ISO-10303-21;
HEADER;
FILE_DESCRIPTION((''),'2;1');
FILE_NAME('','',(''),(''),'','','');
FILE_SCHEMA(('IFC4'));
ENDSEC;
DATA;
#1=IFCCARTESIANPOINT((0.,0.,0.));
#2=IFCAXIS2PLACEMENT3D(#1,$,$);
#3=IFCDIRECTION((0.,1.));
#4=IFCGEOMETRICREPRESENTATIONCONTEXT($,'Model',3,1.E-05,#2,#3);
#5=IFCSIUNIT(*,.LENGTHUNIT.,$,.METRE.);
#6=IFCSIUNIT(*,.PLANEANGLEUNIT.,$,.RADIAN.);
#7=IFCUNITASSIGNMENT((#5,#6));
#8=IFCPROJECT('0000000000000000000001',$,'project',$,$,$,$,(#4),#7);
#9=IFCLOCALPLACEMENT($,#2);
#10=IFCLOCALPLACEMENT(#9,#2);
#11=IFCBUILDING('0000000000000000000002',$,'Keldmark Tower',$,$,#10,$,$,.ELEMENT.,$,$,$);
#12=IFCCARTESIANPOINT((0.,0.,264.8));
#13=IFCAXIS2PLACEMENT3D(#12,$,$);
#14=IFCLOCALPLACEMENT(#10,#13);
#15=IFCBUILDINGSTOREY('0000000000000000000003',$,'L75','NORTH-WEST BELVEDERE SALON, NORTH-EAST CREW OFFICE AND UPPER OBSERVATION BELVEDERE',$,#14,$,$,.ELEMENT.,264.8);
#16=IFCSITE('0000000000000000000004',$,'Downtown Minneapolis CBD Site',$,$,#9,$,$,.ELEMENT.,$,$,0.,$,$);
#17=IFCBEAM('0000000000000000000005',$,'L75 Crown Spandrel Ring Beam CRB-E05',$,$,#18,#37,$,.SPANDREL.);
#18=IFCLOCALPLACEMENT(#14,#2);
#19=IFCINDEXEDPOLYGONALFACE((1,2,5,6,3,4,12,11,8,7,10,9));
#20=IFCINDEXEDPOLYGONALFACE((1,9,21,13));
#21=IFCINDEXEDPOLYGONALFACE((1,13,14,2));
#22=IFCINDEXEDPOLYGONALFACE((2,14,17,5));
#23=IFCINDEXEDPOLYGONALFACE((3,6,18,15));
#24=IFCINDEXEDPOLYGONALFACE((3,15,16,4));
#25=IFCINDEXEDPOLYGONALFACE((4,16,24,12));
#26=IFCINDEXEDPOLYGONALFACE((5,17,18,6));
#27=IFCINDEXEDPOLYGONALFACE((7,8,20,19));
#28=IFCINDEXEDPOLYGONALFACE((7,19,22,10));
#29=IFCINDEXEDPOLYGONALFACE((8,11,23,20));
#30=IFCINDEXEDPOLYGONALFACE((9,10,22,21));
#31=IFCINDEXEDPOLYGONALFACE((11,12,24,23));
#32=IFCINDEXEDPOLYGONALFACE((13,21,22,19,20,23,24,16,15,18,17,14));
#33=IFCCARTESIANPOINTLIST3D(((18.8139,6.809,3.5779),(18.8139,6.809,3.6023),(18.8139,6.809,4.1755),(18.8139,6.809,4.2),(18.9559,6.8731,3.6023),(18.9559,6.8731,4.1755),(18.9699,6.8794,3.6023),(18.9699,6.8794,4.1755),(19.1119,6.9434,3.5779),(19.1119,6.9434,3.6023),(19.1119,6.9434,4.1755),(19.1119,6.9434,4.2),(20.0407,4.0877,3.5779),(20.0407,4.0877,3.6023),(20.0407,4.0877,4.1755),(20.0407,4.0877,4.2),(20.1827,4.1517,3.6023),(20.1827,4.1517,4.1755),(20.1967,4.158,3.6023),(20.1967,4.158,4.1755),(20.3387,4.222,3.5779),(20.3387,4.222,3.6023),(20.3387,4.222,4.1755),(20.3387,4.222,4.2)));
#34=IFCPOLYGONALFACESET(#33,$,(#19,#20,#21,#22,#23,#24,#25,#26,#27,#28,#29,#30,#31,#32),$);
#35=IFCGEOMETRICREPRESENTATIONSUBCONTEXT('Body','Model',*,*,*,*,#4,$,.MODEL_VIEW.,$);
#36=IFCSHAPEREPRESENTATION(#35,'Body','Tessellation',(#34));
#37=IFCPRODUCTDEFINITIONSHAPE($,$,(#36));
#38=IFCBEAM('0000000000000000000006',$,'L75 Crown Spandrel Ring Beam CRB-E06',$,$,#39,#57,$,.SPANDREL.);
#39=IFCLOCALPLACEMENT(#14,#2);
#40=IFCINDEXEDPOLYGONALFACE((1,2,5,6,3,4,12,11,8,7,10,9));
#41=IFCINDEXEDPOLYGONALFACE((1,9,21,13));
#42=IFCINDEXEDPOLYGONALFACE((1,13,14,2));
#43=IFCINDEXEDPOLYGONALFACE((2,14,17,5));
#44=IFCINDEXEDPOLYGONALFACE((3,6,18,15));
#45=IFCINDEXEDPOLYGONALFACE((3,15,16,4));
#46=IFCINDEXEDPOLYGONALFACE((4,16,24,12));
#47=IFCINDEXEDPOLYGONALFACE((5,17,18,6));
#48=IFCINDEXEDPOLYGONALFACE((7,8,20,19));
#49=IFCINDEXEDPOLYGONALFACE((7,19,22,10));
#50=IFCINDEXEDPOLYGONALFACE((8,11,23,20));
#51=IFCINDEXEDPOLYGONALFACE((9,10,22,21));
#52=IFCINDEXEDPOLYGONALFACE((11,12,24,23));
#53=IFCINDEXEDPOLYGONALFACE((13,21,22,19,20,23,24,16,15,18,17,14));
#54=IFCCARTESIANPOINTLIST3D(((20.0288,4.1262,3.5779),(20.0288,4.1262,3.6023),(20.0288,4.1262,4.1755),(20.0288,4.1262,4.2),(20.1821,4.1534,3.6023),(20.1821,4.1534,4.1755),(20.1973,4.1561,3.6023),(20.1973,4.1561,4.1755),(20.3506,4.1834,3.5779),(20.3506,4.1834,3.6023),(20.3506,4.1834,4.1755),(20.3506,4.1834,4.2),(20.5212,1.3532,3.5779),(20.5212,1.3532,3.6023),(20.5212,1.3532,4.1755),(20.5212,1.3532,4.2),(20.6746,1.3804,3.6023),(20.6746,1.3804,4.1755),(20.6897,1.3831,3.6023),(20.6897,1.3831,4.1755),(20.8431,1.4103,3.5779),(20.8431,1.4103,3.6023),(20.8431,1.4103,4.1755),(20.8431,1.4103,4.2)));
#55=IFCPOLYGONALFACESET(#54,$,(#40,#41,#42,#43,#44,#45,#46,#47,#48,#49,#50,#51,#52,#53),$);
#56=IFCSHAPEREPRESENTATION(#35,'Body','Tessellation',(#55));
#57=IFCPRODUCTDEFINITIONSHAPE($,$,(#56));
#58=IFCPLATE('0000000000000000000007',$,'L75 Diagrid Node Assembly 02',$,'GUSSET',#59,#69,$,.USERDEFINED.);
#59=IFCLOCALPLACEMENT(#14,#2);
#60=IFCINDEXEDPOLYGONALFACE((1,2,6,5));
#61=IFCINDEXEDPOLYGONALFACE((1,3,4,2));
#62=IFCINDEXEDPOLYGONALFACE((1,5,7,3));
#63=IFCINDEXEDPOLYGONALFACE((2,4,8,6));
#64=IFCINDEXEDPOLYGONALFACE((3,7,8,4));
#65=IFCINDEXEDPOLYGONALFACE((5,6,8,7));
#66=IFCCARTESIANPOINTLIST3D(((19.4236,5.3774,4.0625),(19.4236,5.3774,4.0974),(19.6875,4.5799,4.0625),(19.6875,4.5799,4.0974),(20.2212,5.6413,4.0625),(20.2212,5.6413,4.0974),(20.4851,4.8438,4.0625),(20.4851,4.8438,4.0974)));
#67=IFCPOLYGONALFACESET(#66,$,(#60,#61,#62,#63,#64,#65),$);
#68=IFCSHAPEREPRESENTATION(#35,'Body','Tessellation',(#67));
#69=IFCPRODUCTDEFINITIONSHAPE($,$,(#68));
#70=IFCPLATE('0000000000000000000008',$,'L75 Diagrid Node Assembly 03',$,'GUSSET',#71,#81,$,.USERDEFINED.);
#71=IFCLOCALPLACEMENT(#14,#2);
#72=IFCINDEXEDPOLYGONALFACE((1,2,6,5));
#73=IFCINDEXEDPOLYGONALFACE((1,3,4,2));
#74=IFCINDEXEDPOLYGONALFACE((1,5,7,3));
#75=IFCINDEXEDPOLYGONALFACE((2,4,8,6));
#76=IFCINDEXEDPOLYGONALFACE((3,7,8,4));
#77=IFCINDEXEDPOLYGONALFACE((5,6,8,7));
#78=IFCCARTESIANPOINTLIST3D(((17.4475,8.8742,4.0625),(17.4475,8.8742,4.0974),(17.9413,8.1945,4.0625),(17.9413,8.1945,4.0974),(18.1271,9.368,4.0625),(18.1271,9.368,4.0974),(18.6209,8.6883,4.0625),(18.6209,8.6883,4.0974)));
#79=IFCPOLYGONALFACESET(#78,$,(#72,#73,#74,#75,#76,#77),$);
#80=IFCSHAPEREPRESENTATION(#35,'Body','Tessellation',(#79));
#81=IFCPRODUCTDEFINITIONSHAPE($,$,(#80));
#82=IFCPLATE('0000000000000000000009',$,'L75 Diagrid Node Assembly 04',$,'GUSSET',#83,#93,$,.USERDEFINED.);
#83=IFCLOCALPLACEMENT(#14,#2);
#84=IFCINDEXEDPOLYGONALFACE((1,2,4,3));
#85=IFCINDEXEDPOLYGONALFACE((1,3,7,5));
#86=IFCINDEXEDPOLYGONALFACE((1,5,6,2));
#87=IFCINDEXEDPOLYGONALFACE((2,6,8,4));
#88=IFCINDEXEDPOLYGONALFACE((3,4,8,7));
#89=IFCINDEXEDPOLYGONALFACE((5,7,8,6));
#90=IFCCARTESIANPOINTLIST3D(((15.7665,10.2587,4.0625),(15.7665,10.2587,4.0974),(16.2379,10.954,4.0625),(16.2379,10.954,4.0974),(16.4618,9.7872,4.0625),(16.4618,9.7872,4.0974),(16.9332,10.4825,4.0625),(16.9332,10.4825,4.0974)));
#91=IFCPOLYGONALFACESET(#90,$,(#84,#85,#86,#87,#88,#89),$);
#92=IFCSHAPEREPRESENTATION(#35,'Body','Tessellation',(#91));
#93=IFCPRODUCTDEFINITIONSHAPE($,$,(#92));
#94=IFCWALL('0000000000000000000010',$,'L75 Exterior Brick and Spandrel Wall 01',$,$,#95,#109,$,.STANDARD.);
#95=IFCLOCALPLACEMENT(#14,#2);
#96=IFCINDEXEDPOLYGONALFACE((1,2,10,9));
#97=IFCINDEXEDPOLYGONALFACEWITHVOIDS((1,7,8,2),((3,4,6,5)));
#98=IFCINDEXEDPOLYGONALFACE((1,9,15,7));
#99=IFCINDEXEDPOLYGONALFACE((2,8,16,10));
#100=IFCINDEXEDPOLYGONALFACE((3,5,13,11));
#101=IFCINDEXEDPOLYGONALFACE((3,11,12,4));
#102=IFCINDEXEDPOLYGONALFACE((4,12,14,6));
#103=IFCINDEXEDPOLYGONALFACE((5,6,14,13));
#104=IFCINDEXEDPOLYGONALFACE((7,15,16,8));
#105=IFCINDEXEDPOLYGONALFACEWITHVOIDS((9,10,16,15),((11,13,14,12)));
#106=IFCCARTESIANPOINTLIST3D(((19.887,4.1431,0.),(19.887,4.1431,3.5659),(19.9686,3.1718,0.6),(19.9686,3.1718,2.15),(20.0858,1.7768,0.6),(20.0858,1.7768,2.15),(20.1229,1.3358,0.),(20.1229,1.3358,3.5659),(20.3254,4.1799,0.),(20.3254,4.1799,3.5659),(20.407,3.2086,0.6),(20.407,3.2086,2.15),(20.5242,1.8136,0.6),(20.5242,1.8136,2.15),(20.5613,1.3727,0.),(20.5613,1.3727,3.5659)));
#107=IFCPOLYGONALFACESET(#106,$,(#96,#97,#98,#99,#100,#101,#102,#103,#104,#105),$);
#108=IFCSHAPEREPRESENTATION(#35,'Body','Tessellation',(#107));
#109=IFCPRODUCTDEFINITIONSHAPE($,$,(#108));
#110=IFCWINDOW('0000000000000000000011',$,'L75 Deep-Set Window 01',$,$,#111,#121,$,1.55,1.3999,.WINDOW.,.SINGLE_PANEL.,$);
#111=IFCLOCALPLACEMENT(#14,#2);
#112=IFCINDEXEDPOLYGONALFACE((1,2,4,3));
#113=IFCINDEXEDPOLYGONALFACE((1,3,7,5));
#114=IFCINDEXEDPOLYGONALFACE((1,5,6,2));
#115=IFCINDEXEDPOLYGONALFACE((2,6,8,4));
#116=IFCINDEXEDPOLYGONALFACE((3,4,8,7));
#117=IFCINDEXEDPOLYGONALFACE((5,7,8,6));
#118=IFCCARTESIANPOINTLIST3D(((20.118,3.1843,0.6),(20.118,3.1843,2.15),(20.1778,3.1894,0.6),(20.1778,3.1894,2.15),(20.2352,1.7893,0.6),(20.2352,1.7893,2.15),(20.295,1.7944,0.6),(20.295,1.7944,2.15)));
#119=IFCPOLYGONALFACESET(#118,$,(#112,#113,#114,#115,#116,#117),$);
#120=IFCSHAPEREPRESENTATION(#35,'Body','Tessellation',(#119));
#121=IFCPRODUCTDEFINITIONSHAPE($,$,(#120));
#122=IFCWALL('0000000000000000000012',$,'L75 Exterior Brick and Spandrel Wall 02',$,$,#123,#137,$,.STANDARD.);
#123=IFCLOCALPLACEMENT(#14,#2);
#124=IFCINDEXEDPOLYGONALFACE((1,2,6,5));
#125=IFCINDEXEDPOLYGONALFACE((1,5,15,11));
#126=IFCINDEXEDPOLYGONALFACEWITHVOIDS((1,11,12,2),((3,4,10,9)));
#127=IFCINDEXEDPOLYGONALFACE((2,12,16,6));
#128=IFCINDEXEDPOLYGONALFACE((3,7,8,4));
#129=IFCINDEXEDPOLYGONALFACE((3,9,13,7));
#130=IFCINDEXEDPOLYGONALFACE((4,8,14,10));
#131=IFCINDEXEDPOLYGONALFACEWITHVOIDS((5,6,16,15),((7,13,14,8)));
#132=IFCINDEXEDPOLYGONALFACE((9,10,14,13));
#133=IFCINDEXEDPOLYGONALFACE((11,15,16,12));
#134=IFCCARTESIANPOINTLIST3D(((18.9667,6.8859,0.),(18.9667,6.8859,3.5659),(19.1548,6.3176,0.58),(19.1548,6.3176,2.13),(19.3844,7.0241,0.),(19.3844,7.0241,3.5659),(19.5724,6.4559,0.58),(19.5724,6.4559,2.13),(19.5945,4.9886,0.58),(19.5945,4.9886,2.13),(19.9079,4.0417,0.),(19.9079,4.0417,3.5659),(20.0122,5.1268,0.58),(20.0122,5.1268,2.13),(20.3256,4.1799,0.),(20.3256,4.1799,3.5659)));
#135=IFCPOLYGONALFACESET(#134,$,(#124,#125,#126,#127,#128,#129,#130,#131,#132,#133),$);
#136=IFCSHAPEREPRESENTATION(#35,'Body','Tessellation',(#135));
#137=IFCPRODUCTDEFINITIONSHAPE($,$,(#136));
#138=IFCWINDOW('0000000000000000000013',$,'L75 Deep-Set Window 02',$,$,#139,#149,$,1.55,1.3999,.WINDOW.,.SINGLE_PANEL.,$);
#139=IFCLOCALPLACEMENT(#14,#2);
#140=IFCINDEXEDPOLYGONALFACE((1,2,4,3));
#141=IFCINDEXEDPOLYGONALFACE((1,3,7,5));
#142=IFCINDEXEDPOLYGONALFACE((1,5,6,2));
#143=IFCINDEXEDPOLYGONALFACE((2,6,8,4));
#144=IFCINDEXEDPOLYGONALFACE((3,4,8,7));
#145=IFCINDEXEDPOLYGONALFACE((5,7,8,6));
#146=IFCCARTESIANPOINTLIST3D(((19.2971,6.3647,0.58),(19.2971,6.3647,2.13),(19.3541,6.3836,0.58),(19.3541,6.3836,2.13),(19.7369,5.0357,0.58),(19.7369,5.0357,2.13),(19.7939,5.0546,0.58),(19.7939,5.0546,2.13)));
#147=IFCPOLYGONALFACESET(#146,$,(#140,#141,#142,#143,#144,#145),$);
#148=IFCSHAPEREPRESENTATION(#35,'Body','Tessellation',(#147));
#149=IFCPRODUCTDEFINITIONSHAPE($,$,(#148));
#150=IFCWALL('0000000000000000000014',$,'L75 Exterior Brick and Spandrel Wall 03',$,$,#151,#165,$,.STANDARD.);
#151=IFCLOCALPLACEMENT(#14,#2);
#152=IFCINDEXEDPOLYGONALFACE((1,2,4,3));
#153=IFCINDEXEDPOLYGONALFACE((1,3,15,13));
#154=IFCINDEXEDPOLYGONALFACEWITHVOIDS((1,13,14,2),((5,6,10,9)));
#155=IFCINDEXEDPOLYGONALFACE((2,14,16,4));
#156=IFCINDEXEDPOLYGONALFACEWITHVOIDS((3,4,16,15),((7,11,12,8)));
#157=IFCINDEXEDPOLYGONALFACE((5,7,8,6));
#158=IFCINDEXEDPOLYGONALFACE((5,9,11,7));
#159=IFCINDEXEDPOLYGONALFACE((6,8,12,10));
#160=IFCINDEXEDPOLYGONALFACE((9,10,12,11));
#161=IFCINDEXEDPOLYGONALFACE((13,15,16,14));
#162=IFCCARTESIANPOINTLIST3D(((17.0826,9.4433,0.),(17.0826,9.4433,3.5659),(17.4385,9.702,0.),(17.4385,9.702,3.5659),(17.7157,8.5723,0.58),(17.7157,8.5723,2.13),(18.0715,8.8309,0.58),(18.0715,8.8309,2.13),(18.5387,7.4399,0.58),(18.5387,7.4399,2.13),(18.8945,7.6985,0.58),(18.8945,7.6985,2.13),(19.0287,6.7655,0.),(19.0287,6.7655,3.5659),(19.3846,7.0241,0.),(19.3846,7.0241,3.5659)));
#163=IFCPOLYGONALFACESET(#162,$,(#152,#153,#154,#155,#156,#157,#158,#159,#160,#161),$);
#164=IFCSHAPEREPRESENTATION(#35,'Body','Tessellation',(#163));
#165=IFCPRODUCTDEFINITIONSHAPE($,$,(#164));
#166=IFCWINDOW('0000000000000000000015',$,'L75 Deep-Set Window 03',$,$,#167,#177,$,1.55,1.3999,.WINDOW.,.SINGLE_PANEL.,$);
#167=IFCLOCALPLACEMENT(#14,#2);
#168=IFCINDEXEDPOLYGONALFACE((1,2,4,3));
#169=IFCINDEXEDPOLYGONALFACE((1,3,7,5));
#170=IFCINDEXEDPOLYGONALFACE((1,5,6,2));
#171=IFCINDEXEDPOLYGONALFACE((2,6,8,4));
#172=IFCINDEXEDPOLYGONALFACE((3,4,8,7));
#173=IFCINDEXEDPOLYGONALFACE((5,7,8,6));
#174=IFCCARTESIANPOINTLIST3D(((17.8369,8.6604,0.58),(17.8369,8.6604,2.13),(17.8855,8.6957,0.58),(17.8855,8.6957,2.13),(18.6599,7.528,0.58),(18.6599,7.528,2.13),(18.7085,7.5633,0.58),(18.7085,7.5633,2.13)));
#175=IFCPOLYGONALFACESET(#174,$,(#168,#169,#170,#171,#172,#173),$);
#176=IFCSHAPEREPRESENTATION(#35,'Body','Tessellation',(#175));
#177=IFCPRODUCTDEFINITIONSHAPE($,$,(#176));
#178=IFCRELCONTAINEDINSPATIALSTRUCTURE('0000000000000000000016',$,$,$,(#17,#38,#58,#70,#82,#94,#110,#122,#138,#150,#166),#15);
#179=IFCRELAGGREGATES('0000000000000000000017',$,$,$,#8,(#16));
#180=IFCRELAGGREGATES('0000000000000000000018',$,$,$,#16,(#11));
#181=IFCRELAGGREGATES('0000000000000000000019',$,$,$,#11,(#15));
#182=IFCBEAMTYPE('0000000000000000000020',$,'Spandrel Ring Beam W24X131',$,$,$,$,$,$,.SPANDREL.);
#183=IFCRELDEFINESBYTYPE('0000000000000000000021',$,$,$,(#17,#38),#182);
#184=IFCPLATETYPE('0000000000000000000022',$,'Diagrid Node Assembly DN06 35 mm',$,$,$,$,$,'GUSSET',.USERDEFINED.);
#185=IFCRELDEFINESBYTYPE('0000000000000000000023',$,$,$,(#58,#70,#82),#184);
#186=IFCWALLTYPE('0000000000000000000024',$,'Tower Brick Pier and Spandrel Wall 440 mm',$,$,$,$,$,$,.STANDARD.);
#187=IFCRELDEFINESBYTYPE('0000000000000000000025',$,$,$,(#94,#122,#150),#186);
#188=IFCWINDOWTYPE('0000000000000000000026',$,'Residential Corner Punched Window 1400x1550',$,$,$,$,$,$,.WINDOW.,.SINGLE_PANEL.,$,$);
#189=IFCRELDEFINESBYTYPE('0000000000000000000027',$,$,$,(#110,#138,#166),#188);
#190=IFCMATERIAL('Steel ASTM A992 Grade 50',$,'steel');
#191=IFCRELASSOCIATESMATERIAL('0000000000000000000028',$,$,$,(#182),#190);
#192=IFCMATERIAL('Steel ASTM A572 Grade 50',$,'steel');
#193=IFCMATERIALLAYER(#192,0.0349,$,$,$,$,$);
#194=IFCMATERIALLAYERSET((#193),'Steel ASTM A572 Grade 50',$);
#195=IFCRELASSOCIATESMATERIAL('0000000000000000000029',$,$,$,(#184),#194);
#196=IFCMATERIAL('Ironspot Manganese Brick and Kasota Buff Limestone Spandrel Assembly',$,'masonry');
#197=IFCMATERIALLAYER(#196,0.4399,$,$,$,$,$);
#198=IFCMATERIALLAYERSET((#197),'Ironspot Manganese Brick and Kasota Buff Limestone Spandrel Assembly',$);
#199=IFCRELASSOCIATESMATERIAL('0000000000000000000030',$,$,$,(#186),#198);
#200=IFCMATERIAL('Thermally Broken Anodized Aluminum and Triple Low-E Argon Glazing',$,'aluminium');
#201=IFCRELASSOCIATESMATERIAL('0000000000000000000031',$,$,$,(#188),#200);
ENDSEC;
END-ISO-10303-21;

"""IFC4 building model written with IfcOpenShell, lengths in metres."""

from ifc_helpers import new_model, si_unit, direction, frame, frame_2d, origin, origin_2d, place, context, subcontext, project, spatial, rectangle, i_section, extrude, material, layer, layer_set, material_profile, profile_set, type_object, element, fill, save


model = new_model("IFC4")

# Units and contexts
model_context = context("Model", 3, precision=1e-05, world=origin(), true_north=direction((0.0, 1.0)))
body_context = subcontext(model_context, "Body", "Model", "MODEL_VIEW")
ifc_project = project(units=[si_unit("LENGTHUNIT", "METRE"), si_unit("PLANEANGLEUNIT", "RADIAN")], contexts=[model_context])

# Site, building, storey
site_placement = place(None, origin())
site = spatial("IfcSite", under=ifc_project, at=site_placement, Name="Downtown Minneapolis CBD Site", CompositionType="ELEMENT", RefElevation=0.0)
building_placement = place(site_placement, origin())
building = spatial("IfcBuilding", under=site, at=building_placement, Name="Keldmark Tower", CompositionType="ELEMENT")
storey_placement = place(building_placement, frame((0.0, 0.0, 264.8)))
storey = spatial("IfcBuildingStorey", under=building, at=storey_placement, Name="L75", Description="NORTH-WEST BELVEDERE SALON, NORTH-EAST CREW OFFICE AND UPPER OBSERVATION BELVEDERE", CompositionType="ELEMENT", Elevation=264.8)

# Beams
ifc_material_1 = material(Name="Steel ASTM A992 Grade 50", Category="steel")
ifc_material_profile_1 = material_profile(ifc_material_1, i_section(OverallWidth=0.3269, OverallDepth=0.6221, WebThickness=0.0154, FlangeThickness=0.0244, at=origin_2d()), Name="W24X131")
ifc_profile_set_1 = profile_set([ifc_material_profile_1], Name="Steel ASTM A992 Grade 50")
beam_type_1 = type_object("IfcBeamType", Name="Spandrel Ring Beam W24X131", PredefinedType="SPANDREL", material=ifc_profile_set_1)
beam_1_placement = place(storey_placement, frame((18.9629, 6.8762, 3.8889), z_axis=(0.410966, -0.91165, 0.0), x_axis=(0.91165, 0.410966, 0.0)))
element("IfcBeam", 1, at=beam_1_placement, inside=storey, type_object=beam_type_1, Name="L75 Crown Spandrel Ring Beam CRB-E05", PredefinedType="SPANDREL", context=body_context, shape_type="SweptSolid", body=[
    extrude(i_section(OverallWidth=0.3269, OverallDepth=0.6221, WebThickness=0.0154, FlangeThickness=0.0244, at=origin_2d()), origin(), (0.0, 0.0, 1.0), 2.9851),
])
beam_2_placement = place(storey_placement, frame((20.1897, 4.1548, 3.8889), z_axis=(0.174848, -0.984595, 0.0), x_axis=(0.984595, 0.174848, 0.0)))
element("IfcBeam", 2, at=beam_2_placement, inside=storey, type_object=beam_type_1, Name="L75 Crown Spandrel Ring Beam CRB-E06", PredefinedType="SPANDREL", context=body_context, shape_type="SweptSolid", body=[
    extrude(i_section(OverallWidth=0.3269, OverallDepth=0.6221, WebThickness=0.0154, FlangeThickness=0.0244, at=origin_2d()), origin(), (0.0, 0.0, 1.0), 2.8164),
])

# Plates
ifc_material_2 = material(Name="Steel ASTM A572 Grade 50", Category="steel")
ifc_layer_1 = layer(ifc_material_2, 0.0349)
ifc_layer_set_1 = layer_set([ifc_layer_1], Name="Steel ASTM A572 Grade 50")
plate_type = type_object("IfcPlateType", Name="Diagrid Node Assembly DN06 35 mm", ElementType="GUSSET", PredefinedType="USERDEFINED", material=ifc_layer_set_1)
for number, where, z_axis, x_axis, name in (
    (3, (19.9543, 5.1106, 4.0625), (0.0, 0.0, 1.0), (-0.314158, 0.949371, 0.0), "L75 Diagrid Node Assembly 02"),
    (4, (18.0342, 8.7812, 4.0625), (0.0, 0.0, 1.0), (-0.587785, 0.809017, 0.0), "L75 Diagrid Node Assembly 03"),
    (5, (16.3499, 10.3706, 4.0625), (0.0, 0.0, 1.0), (-0.827669, 0.561217, 0.0), "L75 Diagrid Node Assembly 04"),
):
    element("IfcPlate", number, at=place(storey_placement, frame(where, z_axis=z_axis, x_axis=x_axis)), inside=storey, type_object=plate_type, Name=name, ObjectType="GUSSET", PredefinedType="USERDEFINED", context=body_context, shape_type="SweptSolid", body=[
        extrude(rectangle(XDim=0.8401, YDim=0.8401, at=origin_2d()), origin(), (0.0, 0.0, 1.0), 0.0349),
    ])

# Walls, openings, windows
ifc_material_3 = material(Name="Ironspot Manganese Brick and Kasota Buff Limestone Spandrel Assembly", Category="masonry")
ifc_layer_2 = layer(ifc_material_3, 0.4399)
ifc_layer_set_2 = layer_set([ifc_layer_2], Name="Ironspot Manganese Brick and Kasota Buff Limestone Spandrel Assembly")
wall_type = type_object("IfcWallType", Name="Tower Brick Pier and Spandrel Wall 440 mm", PredefinedType="STANDARD", material=ifc_layer_set_2)
wall_1_placement = place(storey_placement, frame((20.1062, 4.1616, 0.0), z_axis=(0.0, 0.0, 1.0), x_axis=(0.08372, -0.996489, 0.0)))
wall_1 = element("IfcWall", 6, at=wall_1_placement, inside=storey, type_object=wall_type, Name="L75 Exterior Brick and Spandrel Wall 01", PredefinedType="STANDARD", context=body_context, shape_type="SweptSolid", body=[
    extrude(rectangle(XDim=2.8171, YDim=0.4399, at=frame_2d((1.4087, 0.0))), origin(), (0.0, 0.0, 1.0), 3.5659),
])
opening_1_placement = place(wall_1_placement, frame((0.9749, 0.0, 0.6001)))
opening_1 = element("IfcOpeningElement", 7, at=opening_1_placement, cuts=wall_1, PredefinedType="OPENING", context=body_context, shape_type="SweptSolid", body=[
    extrude(rectangle(XDim=1.3999, YDim=1.55, at=frame_2d((0.7, 0.7749))), frame((0.0, 0.23, 0.0), z_axis=(0.0, -1.0, 0.0), x_axis=(1.0, 0.0, 0.0)), (0.0, 0.0, 1.0), 0.46),
])
ifc_material_4 = material(Name="Thermally Broken Anodized Aluminum and Triple Low-E Argon Glazing", Category="aluminium")
window_type = type_object("IfcWindowType", Name="Residential Corner Punched Window 1400x1550", PartitioningType="SINGLE_PANEL", PredefinedType="WINDOW", material=ifc_material_4)
window_1_placement = place(opening_1_placement, origin())
window_1 = element("IfcWindow", 8, at=window_1_placement, inside=storey, type_object=window_type, Name="L75 Deep-Set Window 01", OverallHeight=1.55, OverallWidth=1.3999, PartitioningType="SINGLE_PANEL", PredefinedType="WINDOW", context=body_context, shape_type="SweptSolid", body=[
    extrude(rectangle(XDim=1.3999, YDim=1.55, at=frame_2d((0.7, 0.7749))), frame((0.0, -0.01, 0.0), z_axis=(0.0, -1.0, 0.0), x_axis=(1.0, 0.0, 0.0)), (0.0, 0.0, 1.0), 0.0601),
])
fill(opening_1, window_1)
wall_2_placement = place(storey_placement, frame((19.1755, 6.9551, 0.0), z_axis=(0.0, 0.0, 1.0), x_axis=(0.314149, -0.949374, 0.0)))
wall_2 = element("IfcWall", 9, at=wall_2_placement, inside=storey, type_object=wall_type, Name="L75 Exterior Brick and Spandrel Wall 02", PredefinedType="STANDARD", context=body_context, shape_type="SweptSolid", body=[
    extrude(rectangle(XDim=2.9958, YDim=0.4399, at=frame_2d((1.498, 0.0))), origin(), (0.0, 0.0, 1.0), 3.5659),
])
opening_2_placement = place(wall_2_placement, frame((0.5986, 0.0, 0.5801)))
opening_2 = element("IfcOpeningElement", 10, at=opening_2_placement, cuts=wall_2, PredefinedType="OPENING", context=body_context, shape_type="SweptSolid", body=[
    extrude(rectangle(XDim=1.3999, YDim=1.55, at=frame_2d((0.7, 0.7749))), frame((0.0, 0.23, 0.0), z_axis=(0.0, -1.0, 0.0), x_axis=(1.0, 0.0, 0.0)), (0.0, 0.0, 1.0), 0.46),
])
window_2_placement = place(opening_2_placement, origin())
window_2 = element("IfcWindow", 11, at=window_2_placement, inside=storey, type_object=window_type, Name="L75 Deep-Set Window 02", OverallHeight=1.55, OverallWidth=1.3999, PartitioningType="SINGLE_PANEL", PredefinedType="WINDOW", context=body_context, shape_type="SweptSolid", body=[
    extrude(rectangle(XDim=1.3999, YDim=1.55, at=frame_2d((0.7, 0.7749))), frame((0.0, -0.01, 0.0), z_axis=(0.0, -1.0, 0.0), x_axis=(1.0, 0.0, 0.0)), (0.0, 0.0, 1.0), 0.0601),
])
fill(opening_2, window_2)
wall_3_placement = place(storey_placement, frame((17.2605, 9.5728, 0.0), z_axis=(0.0, 0.0, 1.0), x_axis=(0.587895, -0.808937, 0.0)))
wall_3 = element("IfcWall", 12, at=wall_3_placement, inside=storey, type_object=wall_type, Name="L75 Exterior Brick and Spandrel Wall 03", PredefinedType="STANDARD", context=body_context, shape_type="SweptSolid", body=[
    extrude(rectangle(XDim=3.3103, YDim=0.4399, at=frame_2d((1.6553, 0.0))), origin(), (0.0, 0.0, 1.0), 3.5659),
])
opening_3_placement = place(wall_3_placement, frame((1.0769, 0.0, 0.5801)))
opening_3 = element("IfcOpeningElement", 13, at=opening_3_placement, cuts=wall_3, PredefinedType="OPENING", context=body_context, shape_type="SweptSolid", body=[
    extrude(rectangle(XDim=1.3999, YDim=1.55, at=frame_2d((0.7, 0.7749))), frame((0.0, 0.23, 0.0), z_axis=(0.0, -1.0, 0.0), x_axis=(1.0, 0.0, 0.0)), (0.0, 0.0, 1.0), 0.46),
])
window_3_placement = place(opening_3_placement, origin())
window_3 = element("IfcWindow", 14, at=window_3_placement, inside=storey, type_object=window_type, Name="L75 Deep-Set Window 03", OverallHeight=1.55, OverallWidth=1.3999, PartitioningType="SINGLE_PANEL", PredefinedType="WINDOW", context=body_context, shape_type="SweptSolid", body=[
    extrude(rectangle(XDim=1.3999, YDim=1.55, at=frame_2d((0.7, 0.7749))), frame((0.0, -0.01, 0.0), z_axis=(0.0, -1.0, 0.0), x_axis=(1.0, 0.0, 0.0)), (0.0, 0.0, 1.0), 0.0601),
])
fill(opening_3, window_3)

save(model, "model.ifc")
